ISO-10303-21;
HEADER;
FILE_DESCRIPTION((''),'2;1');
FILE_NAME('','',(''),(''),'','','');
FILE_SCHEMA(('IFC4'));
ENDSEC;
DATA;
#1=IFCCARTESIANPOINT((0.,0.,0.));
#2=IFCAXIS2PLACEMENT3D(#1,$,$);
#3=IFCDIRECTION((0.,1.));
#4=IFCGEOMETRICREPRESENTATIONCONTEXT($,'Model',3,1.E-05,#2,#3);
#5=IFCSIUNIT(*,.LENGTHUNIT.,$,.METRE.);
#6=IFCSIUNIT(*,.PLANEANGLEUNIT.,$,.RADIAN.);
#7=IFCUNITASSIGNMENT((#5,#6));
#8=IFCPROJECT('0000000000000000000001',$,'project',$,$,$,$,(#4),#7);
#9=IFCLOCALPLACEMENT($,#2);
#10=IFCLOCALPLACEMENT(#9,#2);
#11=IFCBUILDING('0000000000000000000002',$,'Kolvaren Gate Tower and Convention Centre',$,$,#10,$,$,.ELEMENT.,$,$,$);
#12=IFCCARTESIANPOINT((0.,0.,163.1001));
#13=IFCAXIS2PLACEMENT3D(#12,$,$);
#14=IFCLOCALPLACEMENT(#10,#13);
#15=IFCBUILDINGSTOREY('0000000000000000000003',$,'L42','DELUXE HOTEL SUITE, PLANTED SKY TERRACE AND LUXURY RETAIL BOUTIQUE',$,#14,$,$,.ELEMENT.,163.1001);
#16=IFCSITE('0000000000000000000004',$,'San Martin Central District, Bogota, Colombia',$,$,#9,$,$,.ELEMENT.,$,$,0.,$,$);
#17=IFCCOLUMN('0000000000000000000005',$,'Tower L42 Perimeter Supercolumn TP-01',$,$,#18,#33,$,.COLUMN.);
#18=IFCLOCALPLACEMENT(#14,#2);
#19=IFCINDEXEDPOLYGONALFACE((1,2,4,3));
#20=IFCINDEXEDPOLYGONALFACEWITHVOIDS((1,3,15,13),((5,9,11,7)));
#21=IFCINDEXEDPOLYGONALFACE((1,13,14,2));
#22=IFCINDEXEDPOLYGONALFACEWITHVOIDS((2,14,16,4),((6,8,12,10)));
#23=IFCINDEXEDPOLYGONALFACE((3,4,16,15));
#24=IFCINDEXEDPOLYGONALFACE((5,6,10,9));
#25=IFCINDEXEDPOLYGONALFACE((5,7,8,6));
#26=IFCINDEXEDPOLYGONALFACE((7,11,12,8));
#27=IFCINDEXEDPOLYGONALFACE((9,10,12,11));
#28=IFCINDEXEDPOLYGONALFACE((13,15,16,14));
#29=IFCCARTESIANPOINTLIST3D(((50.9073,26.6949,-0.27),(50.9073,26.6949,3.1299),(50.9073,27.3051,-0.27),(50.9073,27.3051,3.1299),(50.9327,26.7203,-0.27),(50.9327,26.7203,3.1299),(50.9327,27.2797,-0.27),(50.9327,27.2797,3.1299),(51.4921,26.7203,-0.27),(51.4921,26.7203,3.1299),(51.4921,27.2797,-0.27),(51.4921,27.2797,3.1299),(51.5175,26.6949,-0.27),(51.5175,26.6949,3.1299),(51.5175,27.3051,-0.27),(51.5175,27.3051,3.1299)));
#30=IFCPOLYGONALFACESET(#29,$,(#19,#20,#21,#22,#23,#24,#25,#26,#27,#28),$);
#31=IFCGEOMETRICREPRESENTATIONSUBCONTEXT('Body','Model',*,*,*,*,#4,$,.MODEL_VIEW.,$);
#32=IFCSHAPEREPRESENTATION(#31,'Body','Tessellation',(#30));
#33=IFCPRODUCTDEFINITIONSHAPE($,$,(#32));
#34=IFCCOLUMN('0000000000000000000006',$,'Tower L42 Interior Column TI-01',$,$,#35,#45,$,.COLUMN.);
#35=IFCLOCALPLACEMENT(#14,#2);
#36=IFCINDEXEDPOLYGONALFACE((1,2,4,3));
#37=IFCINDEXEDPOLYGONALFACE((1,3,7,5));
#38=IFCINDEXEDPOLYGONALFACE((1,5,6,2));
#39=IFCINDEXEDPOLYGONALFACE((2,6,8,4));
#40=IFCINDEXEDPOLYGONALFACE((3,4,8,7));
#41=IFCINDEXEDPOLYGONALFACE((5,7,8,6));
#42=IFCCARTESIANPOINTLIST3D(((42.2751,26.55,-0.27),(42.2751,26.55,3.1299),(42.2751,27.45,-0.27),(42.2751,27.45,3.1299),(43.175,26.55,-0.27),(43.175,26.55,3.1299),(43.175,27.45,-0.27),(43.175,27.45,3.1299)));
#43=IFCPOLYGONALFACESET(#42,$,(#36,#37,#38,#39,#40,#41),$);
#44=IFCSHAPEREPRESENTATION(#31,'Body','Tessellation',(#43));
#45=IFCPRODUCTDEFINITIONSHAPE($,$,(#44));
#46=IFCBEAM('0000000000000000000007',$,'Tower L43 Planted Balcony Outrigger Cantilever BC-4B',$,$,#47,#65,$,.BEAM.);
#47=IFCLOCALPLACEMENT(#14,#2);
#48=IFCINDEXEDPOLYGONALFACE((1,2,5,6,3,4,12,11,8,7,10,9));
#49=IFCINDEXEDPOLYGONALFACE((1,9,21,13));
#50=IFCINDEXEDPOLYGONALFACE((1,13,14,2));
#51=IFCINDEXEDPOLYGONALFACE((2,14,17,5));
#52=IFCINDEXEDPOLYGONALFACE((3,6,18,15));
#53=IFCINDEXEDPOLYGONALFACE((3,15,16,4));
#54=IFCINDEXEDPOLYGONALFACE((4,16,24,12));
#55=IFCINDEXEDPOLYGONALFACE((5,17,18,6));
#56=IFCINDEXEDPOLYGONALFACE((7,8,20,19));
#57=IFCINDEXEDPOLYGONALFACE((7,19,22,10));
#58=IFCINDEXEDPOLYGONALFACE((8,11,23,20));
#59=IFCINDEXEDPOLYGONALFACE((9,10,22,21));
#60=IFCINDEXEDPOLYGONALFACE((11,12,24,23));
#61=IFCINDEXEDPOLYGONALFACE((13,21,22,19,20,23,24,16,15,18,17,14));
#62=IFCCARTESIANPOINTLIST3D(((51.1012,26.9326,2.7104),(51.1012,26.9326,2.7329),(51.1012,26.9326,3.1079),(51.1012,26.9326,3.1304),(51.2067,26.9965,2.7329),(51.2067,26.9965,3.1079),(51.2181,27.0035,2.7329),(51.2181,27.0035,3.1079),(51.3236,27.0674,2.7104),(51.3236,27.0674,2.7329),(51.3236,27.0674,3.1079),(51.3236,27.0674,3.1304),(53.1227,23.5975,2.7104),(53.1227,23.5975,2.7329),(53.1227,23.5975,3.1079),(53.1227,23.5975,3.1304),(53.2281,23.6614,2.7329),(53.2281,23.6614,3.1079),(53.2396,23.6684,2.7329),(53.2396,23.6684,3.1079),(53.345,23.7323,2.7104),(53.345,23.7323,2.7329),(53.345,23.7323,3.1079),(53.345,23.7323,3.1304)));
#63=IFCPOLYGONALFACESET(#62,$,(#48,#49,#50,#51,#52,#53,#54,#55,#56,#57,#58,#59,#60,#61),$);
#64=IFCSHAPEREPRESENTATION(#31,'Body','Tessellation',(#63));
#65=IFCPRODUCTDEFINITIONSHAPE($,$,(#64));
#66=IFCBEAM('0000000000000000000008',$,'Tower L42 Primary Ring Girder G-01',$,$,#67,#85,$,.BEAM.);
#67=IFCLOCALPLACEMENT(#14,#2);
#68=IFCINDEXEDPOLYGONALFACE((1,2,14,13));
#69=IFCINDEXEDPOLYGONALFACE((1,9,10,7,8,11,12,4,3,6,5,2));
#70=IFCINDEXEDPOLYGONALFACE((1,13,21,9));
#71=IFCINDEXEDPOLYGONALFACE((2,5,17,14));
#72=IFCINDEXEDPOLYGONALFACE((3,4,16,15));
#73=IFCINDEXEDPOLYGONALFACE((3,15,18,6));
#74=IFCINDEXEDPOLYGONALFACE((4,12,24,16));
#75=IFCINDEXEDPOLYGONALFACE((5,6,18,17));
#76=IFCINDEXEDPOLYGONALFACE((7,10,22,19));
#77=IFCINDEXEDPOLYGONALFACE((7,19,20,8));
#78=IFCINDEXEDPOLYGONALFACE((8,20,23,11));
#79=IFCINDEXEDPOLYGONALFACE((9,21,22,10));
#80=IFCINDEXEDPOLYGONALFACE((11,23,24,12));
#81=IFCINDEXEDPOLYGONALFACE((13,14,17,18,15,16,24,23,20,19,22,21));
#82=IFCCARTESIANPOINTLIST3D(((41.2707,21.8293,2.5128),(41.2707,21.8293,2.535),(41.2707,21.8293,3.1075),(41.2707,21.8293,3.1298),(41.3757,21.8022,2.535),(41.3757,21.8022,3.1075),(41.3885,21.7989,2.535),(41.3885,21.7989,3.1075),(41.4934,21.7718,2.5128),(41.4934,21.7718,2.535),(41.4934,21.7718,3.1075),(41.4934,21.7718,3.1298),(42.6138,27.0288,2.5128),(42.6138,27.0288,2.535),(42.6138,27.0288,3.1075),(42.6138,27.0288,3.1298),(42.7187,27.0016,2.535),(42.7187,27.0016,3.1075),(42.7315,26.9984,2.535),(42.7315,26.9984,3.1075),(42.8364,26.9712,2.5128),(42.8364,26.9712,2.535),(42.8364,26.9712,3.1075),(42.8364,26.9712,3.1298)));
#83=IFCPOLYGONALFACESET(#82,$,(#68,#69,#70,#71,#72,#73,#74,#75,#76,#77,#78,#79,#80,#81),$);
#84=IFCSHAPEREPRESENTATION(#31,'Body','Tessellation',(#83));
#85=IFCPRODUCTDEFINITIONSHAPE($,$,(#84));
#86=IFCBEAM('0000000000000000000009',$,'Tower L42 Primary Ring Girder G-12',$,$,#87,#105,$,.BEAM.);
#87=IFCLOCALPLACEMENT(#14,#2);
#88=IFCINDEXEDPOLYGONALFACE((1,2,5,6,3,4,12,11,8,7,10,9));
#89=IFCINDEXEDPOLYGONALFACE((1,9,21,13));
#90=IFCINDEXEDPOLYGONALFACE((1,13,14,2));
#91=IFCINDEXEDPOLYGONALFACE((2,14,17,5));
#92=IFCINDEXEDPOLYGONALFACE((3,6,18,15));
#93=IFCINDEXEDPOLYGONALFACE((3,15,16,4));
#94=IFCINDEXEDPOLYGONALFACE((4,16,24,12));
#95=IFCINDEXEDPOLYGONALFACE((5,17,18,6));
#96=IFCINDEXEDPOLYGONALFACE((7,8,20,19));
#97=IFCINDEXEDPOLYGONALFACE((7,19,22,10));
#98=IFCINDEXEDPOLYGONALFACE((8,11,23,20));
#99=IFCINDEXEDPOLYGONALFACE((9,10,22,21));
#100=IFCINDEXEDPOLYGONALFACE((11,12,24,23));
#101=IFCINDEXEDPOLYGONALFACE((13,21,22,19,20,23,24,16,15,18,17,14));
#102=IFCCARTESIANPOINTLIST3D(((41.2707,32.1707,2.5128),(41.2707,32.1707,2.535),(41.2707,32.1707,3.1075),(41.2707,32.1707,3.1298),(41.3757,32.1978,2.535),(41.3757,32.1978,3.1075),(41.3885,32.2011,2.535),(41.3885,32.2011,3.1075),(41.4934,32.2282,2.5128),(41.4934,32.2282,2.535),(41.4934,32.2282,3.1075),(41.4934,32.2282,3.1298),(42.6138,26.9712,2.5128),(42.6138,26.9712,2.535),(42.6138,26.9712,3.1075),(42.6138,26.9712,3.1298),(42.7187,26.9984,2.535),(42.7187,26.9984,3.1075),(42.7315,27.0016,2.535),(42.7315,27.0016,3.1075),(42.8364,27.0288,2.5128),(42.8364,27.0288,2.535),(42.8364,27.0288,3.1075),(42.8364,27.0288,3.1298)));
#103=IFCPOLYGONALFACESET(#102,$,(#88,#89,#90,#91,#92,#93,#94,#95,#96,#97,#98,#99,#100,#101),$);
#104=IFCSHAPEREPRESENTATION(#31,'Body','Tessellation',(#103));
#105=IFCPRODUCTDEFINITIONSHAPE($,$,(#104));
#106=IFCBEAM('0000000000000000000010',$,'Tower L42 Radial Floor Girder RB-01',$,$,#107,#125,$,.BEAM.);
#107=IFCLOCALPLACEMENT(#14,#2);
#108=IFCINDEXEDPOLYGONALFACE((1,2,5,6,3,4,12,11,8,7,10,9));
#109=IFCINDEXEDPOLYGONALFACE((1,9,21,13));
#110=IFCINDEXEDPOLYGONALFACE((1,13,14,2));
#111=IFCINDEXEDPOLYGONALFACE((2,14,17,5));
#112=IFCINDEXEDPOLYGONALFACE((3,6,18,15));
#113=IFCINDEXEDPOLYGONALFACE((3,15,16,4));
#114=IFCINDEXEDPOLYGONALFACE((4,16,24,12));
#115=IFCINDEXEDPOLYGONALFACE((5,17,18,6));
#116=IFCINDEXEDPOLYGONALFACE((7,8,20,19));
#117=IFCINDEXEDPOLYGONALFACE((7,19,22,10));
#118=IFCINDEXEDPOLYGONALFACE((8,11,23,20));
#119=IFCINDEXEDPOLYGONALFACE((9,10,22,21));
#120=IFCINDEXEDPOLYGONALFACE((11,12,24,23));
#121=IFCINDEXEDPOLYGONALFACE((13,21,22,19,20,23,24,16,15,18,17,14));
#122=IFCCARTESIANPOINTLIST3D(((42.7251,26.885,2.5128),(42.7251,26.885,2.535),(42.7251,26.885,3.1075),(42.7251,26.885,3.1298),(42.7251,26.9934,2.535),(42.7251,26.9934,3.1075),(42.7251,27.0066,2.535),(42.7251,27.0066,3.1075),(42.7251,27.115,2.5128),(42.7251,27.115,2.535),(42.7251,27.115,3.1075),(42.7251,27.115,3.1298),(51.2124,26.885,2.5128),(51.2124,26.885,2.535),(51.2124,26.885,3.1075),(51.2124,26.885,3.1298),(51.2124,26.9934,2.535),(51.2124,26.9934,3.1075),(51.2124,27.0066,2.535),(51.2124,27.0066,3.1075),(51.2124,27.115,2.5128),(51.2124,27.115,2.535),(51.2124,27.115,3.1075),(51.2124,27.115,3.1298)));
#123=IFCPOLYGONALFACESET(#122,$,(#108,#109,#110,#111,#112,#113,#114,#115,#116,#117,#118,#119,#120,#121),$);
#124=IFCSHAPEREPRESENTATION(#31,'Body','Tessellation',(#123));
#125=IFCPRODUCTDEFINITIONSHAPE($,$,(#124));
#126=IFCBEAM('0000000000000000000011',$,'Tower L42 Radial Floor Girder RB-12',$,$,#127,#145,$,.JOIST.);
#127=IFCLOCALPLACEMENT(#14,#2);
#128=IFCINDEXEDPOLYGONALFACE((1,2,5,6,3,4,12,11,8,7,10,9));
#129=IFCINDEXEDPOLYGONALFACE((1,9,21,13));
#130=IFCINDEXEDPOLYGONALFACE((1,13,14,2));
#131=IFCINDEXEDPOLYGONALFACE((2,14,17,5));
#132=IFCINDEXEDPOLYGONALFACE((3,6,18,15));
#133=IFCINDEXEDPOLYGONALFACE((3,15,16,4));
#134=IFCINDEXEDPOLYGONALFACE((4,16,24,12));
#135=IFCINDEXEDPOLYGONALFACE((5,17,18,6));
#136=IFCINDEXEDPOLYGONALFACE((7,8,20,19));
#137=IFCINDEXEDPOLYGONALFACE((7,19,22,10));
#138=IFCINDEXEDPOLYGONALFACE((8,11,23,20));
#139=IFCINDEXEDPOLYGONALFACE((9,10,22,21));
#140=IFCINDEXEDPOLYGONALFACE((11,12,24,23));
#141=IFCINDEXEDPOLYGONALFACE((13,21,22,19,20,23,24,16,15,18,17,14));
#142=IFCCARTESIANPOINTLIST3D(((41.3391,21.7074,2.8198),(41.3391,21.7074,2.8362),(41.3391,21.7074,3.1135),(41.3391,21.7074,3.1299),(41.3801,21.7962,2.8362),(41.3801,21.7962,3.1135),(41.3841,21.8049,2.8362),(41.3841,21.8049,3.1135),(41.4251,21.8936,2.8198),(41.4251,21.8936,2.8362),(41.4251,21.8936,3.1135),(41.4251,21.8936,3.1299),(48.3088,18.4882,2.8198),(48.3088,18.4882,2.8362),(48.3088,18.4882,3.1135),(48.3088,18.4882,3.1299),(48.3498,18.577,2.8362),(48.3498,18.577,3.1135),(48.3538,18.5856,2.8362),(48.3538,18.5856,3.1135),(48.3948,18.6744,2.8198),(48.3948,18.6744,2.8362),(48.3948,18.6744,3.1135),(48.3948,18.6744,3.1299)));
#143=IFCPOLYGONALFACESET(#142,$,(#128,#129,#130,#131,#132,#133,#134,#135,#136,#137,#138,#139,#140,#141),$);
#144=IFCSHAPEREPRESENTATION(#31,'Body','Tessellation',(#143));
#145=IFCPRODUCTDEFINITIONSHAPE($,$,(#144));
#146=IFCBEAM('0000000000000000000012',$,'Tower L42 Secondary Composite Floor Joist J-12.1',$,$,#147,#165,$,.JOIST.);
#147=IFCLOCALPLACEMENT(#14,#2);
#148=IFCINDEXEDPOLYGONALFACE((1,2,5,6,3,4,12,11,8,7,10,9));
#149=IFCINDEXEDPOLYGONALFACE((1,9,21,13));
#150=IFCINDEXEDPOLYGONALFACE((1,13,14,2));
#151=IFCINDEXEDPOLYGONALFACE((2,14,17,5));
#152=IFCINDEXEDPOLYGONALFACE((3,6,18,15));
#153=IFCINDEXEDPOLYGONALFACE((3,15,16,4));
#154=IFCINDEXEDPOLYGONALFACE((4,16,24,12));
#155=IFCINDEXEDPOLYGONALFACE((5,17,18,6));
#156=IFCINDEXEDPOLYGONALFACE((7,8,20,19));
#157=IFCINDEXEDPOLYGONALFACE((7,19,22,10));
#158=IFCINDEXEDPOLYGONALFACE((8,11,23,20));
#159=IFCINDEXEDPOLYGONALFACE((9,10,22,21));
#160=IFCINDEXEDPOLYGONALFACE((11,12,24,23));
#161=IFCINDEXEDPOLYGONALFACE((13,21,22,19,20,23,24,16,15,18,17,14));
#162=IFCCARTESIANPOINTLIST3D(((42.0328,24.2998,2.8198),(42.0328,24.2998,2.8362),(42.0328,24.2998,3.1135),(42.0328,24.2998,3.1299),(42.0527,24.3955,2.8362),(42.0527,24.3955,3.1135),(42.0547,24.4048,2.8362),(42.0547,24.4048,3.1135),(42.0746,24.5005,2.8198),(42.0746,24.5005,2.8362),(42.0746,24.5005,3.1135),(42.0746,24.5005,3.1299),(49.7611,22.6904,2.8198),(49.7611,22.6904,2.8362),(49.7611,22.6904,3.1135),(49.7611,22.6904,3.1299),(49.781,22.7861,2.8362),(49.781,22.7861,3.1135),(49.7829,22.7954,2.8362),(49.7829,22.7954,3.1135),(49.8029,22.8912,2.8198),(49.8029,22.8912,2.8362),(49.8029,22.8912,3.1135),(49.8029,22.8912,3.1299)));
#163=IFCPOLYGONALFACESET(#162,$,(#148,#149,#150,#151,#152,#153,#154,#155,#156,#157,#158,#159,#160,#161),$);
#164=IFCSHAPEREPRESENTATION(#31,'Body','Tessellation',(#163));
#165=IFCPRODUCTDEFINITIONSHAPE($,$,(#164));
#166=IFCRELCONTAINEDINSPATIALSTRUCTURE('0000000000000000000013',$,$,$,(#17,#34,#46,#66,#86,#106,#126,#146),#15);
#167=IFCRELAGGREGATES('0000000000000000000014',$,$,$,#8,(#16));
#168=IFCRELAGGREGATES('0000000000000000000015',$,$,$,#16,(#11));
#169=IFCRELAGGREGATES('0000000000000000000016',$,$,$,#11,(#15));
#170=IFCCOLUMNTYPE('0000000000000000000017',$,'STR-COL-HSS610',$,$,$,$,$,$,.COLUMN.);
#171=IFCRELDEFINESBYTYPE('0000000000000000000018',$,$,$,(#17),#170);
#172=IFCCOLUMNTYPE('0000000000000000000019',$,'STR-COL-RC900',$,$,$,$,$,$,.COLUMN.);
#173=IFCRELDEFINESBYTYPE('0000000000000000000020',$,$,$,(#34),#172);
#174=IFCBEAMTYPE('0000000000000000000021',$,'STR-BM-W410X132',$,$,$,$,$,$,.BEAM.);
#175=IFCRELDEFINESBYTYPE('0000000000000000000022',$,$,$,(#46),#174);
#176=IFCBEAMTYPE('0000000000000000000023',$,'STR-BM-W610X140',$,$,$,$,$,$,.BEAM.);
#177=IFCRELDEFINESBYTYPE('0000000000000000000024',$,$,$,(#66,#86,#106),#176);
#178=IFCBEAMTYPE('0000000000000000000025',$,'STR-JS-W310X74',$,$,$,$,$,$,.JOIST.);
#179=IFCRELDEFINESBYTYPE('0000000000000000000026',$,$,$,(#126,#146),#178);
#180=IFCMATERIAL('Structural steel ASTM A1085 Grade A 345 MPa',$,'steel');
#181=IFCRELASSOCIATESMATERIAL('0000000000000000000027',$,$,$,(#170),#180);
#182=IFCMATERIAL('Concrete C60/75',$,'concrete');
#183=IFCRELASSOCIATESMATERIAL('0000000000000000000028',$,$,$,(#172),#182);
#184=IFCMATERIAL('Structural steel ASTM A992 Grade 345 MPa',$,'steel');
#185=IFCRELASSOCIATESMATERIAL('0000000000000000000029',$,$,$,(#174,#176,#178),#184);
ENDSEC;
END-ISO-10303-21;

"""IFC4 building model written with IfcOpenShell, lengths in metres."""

from ifc_helpers import new_model, si_unit, direction, frame, origin, origin_2d, place, context, subcontext, project, spatial, rectangle, hollow_rectangle, i_section, extrude, material, material_profile, profile_set, type_object, element, save


model = new_model("IFC4")

# Units and contexts
model_context = context("Model", 3, precision=1e-05, world=origin(), true_north=direction((0.0, 1.0)))
body_context = subcontext(model_context, "Body", "Model", "MODEL_VIEW")
ifc_project = project(units=[si_unit("LENGTHUNIT", "METRE"), si_unit("PLANEANGLEUNIT", "RADIAN")], contexts=[model_context])

# Site, building, storey
site_placement = place(None, origin())
site = spatial("IfcSite", under=ifc_project, at=site_placement, Name="San Martin Central District, Bogota, Colombia", CompositionType="ELEMENT", RefElevation=0.0)
building_placement = place(site_placement, origin())
building = spatial("IfcBuilding", under=site, at=building_placement, Name="Kolvaren Gate Tower and Convention Centre", CompositionType="ELEMENT")
storey_placement = place(building_placement, frame((0.0, 0.0, 163.1001)))
storey = spatial("IfcBuildingStorey", under=building, at=storey_placement, Name="L42", Description="DELUXE HOTEL SUITE, PLANTED SKY TERRACE AND LUXURY RETAIL BOUTIQUE", CompositionType="ELEMENT", Elevation=163.1001)

# Columns
ifc_material_1 = material(Name="Structural steel ASTM A1085 Grade A 345 MPa", Category="steel")
ifc_material_profile_1 = material_profile(ifc_material_1, hollow_rectangle(XDim=0.6101, YDim=0.6101, WallThickness=0.0254, at=origin_2d()), Name="HSS610X610X25.4")
ifc_profile_set_1 = profile_set([ifc_material_profile_1], Name="Structural steel ASTM A1085 Grade A 345 MPa")
column_type_1 = type_object("IfcColumnType", Name="STR-COL-HSS610", PredefinedType="COLUMN", material=ifc_profile_set_1)
column_1_placement = place(storey_placement, frame((51.2124, 27.0, -0.27), z_axis=(0.0, 0.0, 1.0), x_axis=(1.0, 0.0, 0.0)))
element("IfcColumn", 1, at=column_1_placement, inside=storey, type_object=column_type_1, Name="Tower L42 Perimeter Supercolumn TP-01", PredefinedType="COLUMN", context=body_context, shape_type="SweptSolid", body=[
    extrude(hollow_rectangle(XDim=0.6101, YDim=0.6101, WallThickness=0.0254, at=origin_2d()), origin(), (0.0, 0.0, 1.0), 3.3999),
])
ifc_material_2 = material(Name="Concrete C60/75", Category="concrete")
ifc_material_profile_2 = material_profile(ifc_material_2, rectangle(XDim=0.8999, YDim=0.8999, at=origin_2d()), Name="RC-COL-900X900")
ifc_profile_set_2 = profile_set([ifc_material_profile_2], Name="Concrete C60/75")
column_type_2 = type_object("IfcColumnType", Name="STR-COL-RC900", PredefinedType="COLUMN", material=ifc_profile_set_2)
column_2_placement = place(storey_placement, frame((42.7251, 27.0, -0.27), z_axis=(0.0, 0.0, 1.0), x_axis=(1.0, 0.0, 0.0)))
element("IfcColumn", 2, at=column_2_placement, inside=storey, type_object=column_type_2, Name="Tower L42 Interior Column TI-01", PredefinedType="COLUMN", context=body_context, shape_type="SweptSolid", body=[
    extrude(rectangle(XDim=0.8999, YDim=0.8999, at=origin_2d()), origin(), (0.0, 0.0, 1.0), 3.3999),
])

# Beams
ifc_material_3 = material(Name="Structural steel ASTM A992 Grade 345 MPa", Category="steel")
ifc_material_profile_3 = material_profile(ifc_material_3, i_section(OverallWidth=0.26, OverallDepth=0.4199, WebThickness=0.0134, FlangeThickness=0.0225, at=origin_2d()), Name="W410X132")
ifc_profile_set_3 = profile_set([ifc_material_profile_3], Name="Structural steel ASTM A992 Grade 345 MPa")
beam_type_1 = type_object("IfcBeamType", Name="STR-BM-W410X132", PredefinedType="BEAM", material=ifc_profile_set_3)
beam_1_placement = place(storey_placement, frame((51.2124, 27.0, 2.9204), z_axis=(0.518329, -0.855181, 0.0), x_axis=(0.855181, 0.518329, 0.0)))
element("IfcBeam", 3, at=beam_1_placement, inside=storey, type_object=beam_type_1, Name="Tower L43 Planted Balcony Outrigger Cantilever BC-4B", PredefinedType="BEAM", context=body_context, shape_type="SweptSolid", body=[
    extrude(i_section(OverallWidth=0.26, OverallDepth=0.4199, WebThickness=0.0134, FlangeThickness=0.0225, at=origin_2d()), origin(), (0.0, 0.0, 1.0), 3.8999),
])
ifc_material_profile_4 = material_profile(ifc_material_3, i_section(OverallWidth=0.23, OverallDepth=0.6169, WebThickness=0.0132, FlangeThickness=0.0222, at=origin_2d()), Name="W610X140")
ifc_profile_set_4 = profile_set([ifc_material_profile_4], Name="Structural steel ASTM A992 Grade 345 MPa")
beam_type_2 = type_object("IfcBeamType", Name="STR-BM-W610X140", PredefinedType="BEAM", material=ifc_profile_set_4)
for number, where, z_axis, x_axis, name in (
    (4, (42.7251, 27.0, 2.8213), (-0.250091, -0.968222, 0.0), (0.968222, -0.250091, 0.0), "Tower L42 Primary Ring Girder G-01"),
    (5, (42.7251, 27.0, 2.8213), (-0.250091, 0.968222, 0.0), (-0.968222, -0.250091, 0.0), "Tower L42 Primary Ring Girder G-12"),
):
    element("IfcBeam", number, at=place(storey_placement, frame(where, z_axis=z_axis, x_axis=x_axis)), inside=storey, type_object=beam_type_2, Name=name, PredefinedType="BEAM", context=body_context, shape_type="SweptSolid", body=[
        extrude(i_section(OverallWidth=0.23, OverallDepth=0.6169, WebThickness=0.0132, FlangeThickness=0.0222, at=origin_2d()), origin(), (0.0, 0.0, 1.0), 5.3701),
    ])
beam_2_placement = place(storey_placement, frame((42.7251, 27.0, 2.8213), z_axis=(1.0, 0.0, 0.0), x_axis=(0.0, 1.0, 0.0)))
element("IfcBeam", 6, at=beam_2_placement, inside=storey, type_object=beam_type_2, Name="Tower L42 Radial Floor Girder RB-01", PredefinedType="BEAM", context=body_context, shape_type="SweptSolid", body=[
    extrude(i_section(OverallWidth=0.23, OverallDepth=0.6169, WebThickness=0.0132, FlangeThickness=0.0222, at=origin_2d()), origin(), (0.0, 0.0, 1.0), 8.4873),
])
ifc_material_profile_5 = material_profile(ifc_material_3, i_section(OverallWidth=0.2051, OverallDepth=0.3101, WebThickness=0.0095, FlangeThickness=0.0164, at=origin_2d()), Name="W310X74")
ifc_profile_set_5 = profile_set([ifc_material_profile_5], Name="Structural steel ASTM A992 Grade 345 MPa")
beam_type_3 = type_object("IfcBeamType", Name="STR-JS-W310X74", PredefinedType="JOIST", material=ifc_profile_set_5)
beam_3_placement = place(storey_placement, frame((41.3821, 21.8005, 2.9749), z_axis=(0.907838, -0.41932, 0.0), x_axis=(0.41932, 0.907838, 0.0)))
element("IfcBeam", 7, at=beam_3_placement, inside=storey, type_object=beam_type_3, Name="Tower L42 Radial Floor Girder RB-12", PredefinedType="JOIST", context=body_context, shape_type="SweptSolid", body=[
    extrude(i_section(OverallWidth=0.2051, OverallDepth=0.3101, WebThickness=0.0095, FlangeThickness=0.0164, at=origin_2d()), origin(), (0.0, 0.0, 1.0), 7.6772),
])
beam_4_placement = place(storey_placement, frame((42.0537, 24.4001, 2.9749), z_axis=(0.978998, -0.203872, 0.0), x_axis=(0.203872, 0.978998, 0.0)))
element("IfcBeam", 8, at=beam_4_placement, inside=storey, type_object=beam_type_3, Name="Tower L42 Secondary Composite Floor Joist J-12.1", PredefinedType="JOIST", context=body_context, shape_type="SweptSolid", body=[
    extrude(i_section(OverallWidth=0.2051, OverallDepth=0.3101, WebThickness=0.0095, FlangeThickness=0.0164, at=origin_2d()), origin(), (0.0, 0.0, 1.0), 7.894),
])

save(model, "model.ifc")
